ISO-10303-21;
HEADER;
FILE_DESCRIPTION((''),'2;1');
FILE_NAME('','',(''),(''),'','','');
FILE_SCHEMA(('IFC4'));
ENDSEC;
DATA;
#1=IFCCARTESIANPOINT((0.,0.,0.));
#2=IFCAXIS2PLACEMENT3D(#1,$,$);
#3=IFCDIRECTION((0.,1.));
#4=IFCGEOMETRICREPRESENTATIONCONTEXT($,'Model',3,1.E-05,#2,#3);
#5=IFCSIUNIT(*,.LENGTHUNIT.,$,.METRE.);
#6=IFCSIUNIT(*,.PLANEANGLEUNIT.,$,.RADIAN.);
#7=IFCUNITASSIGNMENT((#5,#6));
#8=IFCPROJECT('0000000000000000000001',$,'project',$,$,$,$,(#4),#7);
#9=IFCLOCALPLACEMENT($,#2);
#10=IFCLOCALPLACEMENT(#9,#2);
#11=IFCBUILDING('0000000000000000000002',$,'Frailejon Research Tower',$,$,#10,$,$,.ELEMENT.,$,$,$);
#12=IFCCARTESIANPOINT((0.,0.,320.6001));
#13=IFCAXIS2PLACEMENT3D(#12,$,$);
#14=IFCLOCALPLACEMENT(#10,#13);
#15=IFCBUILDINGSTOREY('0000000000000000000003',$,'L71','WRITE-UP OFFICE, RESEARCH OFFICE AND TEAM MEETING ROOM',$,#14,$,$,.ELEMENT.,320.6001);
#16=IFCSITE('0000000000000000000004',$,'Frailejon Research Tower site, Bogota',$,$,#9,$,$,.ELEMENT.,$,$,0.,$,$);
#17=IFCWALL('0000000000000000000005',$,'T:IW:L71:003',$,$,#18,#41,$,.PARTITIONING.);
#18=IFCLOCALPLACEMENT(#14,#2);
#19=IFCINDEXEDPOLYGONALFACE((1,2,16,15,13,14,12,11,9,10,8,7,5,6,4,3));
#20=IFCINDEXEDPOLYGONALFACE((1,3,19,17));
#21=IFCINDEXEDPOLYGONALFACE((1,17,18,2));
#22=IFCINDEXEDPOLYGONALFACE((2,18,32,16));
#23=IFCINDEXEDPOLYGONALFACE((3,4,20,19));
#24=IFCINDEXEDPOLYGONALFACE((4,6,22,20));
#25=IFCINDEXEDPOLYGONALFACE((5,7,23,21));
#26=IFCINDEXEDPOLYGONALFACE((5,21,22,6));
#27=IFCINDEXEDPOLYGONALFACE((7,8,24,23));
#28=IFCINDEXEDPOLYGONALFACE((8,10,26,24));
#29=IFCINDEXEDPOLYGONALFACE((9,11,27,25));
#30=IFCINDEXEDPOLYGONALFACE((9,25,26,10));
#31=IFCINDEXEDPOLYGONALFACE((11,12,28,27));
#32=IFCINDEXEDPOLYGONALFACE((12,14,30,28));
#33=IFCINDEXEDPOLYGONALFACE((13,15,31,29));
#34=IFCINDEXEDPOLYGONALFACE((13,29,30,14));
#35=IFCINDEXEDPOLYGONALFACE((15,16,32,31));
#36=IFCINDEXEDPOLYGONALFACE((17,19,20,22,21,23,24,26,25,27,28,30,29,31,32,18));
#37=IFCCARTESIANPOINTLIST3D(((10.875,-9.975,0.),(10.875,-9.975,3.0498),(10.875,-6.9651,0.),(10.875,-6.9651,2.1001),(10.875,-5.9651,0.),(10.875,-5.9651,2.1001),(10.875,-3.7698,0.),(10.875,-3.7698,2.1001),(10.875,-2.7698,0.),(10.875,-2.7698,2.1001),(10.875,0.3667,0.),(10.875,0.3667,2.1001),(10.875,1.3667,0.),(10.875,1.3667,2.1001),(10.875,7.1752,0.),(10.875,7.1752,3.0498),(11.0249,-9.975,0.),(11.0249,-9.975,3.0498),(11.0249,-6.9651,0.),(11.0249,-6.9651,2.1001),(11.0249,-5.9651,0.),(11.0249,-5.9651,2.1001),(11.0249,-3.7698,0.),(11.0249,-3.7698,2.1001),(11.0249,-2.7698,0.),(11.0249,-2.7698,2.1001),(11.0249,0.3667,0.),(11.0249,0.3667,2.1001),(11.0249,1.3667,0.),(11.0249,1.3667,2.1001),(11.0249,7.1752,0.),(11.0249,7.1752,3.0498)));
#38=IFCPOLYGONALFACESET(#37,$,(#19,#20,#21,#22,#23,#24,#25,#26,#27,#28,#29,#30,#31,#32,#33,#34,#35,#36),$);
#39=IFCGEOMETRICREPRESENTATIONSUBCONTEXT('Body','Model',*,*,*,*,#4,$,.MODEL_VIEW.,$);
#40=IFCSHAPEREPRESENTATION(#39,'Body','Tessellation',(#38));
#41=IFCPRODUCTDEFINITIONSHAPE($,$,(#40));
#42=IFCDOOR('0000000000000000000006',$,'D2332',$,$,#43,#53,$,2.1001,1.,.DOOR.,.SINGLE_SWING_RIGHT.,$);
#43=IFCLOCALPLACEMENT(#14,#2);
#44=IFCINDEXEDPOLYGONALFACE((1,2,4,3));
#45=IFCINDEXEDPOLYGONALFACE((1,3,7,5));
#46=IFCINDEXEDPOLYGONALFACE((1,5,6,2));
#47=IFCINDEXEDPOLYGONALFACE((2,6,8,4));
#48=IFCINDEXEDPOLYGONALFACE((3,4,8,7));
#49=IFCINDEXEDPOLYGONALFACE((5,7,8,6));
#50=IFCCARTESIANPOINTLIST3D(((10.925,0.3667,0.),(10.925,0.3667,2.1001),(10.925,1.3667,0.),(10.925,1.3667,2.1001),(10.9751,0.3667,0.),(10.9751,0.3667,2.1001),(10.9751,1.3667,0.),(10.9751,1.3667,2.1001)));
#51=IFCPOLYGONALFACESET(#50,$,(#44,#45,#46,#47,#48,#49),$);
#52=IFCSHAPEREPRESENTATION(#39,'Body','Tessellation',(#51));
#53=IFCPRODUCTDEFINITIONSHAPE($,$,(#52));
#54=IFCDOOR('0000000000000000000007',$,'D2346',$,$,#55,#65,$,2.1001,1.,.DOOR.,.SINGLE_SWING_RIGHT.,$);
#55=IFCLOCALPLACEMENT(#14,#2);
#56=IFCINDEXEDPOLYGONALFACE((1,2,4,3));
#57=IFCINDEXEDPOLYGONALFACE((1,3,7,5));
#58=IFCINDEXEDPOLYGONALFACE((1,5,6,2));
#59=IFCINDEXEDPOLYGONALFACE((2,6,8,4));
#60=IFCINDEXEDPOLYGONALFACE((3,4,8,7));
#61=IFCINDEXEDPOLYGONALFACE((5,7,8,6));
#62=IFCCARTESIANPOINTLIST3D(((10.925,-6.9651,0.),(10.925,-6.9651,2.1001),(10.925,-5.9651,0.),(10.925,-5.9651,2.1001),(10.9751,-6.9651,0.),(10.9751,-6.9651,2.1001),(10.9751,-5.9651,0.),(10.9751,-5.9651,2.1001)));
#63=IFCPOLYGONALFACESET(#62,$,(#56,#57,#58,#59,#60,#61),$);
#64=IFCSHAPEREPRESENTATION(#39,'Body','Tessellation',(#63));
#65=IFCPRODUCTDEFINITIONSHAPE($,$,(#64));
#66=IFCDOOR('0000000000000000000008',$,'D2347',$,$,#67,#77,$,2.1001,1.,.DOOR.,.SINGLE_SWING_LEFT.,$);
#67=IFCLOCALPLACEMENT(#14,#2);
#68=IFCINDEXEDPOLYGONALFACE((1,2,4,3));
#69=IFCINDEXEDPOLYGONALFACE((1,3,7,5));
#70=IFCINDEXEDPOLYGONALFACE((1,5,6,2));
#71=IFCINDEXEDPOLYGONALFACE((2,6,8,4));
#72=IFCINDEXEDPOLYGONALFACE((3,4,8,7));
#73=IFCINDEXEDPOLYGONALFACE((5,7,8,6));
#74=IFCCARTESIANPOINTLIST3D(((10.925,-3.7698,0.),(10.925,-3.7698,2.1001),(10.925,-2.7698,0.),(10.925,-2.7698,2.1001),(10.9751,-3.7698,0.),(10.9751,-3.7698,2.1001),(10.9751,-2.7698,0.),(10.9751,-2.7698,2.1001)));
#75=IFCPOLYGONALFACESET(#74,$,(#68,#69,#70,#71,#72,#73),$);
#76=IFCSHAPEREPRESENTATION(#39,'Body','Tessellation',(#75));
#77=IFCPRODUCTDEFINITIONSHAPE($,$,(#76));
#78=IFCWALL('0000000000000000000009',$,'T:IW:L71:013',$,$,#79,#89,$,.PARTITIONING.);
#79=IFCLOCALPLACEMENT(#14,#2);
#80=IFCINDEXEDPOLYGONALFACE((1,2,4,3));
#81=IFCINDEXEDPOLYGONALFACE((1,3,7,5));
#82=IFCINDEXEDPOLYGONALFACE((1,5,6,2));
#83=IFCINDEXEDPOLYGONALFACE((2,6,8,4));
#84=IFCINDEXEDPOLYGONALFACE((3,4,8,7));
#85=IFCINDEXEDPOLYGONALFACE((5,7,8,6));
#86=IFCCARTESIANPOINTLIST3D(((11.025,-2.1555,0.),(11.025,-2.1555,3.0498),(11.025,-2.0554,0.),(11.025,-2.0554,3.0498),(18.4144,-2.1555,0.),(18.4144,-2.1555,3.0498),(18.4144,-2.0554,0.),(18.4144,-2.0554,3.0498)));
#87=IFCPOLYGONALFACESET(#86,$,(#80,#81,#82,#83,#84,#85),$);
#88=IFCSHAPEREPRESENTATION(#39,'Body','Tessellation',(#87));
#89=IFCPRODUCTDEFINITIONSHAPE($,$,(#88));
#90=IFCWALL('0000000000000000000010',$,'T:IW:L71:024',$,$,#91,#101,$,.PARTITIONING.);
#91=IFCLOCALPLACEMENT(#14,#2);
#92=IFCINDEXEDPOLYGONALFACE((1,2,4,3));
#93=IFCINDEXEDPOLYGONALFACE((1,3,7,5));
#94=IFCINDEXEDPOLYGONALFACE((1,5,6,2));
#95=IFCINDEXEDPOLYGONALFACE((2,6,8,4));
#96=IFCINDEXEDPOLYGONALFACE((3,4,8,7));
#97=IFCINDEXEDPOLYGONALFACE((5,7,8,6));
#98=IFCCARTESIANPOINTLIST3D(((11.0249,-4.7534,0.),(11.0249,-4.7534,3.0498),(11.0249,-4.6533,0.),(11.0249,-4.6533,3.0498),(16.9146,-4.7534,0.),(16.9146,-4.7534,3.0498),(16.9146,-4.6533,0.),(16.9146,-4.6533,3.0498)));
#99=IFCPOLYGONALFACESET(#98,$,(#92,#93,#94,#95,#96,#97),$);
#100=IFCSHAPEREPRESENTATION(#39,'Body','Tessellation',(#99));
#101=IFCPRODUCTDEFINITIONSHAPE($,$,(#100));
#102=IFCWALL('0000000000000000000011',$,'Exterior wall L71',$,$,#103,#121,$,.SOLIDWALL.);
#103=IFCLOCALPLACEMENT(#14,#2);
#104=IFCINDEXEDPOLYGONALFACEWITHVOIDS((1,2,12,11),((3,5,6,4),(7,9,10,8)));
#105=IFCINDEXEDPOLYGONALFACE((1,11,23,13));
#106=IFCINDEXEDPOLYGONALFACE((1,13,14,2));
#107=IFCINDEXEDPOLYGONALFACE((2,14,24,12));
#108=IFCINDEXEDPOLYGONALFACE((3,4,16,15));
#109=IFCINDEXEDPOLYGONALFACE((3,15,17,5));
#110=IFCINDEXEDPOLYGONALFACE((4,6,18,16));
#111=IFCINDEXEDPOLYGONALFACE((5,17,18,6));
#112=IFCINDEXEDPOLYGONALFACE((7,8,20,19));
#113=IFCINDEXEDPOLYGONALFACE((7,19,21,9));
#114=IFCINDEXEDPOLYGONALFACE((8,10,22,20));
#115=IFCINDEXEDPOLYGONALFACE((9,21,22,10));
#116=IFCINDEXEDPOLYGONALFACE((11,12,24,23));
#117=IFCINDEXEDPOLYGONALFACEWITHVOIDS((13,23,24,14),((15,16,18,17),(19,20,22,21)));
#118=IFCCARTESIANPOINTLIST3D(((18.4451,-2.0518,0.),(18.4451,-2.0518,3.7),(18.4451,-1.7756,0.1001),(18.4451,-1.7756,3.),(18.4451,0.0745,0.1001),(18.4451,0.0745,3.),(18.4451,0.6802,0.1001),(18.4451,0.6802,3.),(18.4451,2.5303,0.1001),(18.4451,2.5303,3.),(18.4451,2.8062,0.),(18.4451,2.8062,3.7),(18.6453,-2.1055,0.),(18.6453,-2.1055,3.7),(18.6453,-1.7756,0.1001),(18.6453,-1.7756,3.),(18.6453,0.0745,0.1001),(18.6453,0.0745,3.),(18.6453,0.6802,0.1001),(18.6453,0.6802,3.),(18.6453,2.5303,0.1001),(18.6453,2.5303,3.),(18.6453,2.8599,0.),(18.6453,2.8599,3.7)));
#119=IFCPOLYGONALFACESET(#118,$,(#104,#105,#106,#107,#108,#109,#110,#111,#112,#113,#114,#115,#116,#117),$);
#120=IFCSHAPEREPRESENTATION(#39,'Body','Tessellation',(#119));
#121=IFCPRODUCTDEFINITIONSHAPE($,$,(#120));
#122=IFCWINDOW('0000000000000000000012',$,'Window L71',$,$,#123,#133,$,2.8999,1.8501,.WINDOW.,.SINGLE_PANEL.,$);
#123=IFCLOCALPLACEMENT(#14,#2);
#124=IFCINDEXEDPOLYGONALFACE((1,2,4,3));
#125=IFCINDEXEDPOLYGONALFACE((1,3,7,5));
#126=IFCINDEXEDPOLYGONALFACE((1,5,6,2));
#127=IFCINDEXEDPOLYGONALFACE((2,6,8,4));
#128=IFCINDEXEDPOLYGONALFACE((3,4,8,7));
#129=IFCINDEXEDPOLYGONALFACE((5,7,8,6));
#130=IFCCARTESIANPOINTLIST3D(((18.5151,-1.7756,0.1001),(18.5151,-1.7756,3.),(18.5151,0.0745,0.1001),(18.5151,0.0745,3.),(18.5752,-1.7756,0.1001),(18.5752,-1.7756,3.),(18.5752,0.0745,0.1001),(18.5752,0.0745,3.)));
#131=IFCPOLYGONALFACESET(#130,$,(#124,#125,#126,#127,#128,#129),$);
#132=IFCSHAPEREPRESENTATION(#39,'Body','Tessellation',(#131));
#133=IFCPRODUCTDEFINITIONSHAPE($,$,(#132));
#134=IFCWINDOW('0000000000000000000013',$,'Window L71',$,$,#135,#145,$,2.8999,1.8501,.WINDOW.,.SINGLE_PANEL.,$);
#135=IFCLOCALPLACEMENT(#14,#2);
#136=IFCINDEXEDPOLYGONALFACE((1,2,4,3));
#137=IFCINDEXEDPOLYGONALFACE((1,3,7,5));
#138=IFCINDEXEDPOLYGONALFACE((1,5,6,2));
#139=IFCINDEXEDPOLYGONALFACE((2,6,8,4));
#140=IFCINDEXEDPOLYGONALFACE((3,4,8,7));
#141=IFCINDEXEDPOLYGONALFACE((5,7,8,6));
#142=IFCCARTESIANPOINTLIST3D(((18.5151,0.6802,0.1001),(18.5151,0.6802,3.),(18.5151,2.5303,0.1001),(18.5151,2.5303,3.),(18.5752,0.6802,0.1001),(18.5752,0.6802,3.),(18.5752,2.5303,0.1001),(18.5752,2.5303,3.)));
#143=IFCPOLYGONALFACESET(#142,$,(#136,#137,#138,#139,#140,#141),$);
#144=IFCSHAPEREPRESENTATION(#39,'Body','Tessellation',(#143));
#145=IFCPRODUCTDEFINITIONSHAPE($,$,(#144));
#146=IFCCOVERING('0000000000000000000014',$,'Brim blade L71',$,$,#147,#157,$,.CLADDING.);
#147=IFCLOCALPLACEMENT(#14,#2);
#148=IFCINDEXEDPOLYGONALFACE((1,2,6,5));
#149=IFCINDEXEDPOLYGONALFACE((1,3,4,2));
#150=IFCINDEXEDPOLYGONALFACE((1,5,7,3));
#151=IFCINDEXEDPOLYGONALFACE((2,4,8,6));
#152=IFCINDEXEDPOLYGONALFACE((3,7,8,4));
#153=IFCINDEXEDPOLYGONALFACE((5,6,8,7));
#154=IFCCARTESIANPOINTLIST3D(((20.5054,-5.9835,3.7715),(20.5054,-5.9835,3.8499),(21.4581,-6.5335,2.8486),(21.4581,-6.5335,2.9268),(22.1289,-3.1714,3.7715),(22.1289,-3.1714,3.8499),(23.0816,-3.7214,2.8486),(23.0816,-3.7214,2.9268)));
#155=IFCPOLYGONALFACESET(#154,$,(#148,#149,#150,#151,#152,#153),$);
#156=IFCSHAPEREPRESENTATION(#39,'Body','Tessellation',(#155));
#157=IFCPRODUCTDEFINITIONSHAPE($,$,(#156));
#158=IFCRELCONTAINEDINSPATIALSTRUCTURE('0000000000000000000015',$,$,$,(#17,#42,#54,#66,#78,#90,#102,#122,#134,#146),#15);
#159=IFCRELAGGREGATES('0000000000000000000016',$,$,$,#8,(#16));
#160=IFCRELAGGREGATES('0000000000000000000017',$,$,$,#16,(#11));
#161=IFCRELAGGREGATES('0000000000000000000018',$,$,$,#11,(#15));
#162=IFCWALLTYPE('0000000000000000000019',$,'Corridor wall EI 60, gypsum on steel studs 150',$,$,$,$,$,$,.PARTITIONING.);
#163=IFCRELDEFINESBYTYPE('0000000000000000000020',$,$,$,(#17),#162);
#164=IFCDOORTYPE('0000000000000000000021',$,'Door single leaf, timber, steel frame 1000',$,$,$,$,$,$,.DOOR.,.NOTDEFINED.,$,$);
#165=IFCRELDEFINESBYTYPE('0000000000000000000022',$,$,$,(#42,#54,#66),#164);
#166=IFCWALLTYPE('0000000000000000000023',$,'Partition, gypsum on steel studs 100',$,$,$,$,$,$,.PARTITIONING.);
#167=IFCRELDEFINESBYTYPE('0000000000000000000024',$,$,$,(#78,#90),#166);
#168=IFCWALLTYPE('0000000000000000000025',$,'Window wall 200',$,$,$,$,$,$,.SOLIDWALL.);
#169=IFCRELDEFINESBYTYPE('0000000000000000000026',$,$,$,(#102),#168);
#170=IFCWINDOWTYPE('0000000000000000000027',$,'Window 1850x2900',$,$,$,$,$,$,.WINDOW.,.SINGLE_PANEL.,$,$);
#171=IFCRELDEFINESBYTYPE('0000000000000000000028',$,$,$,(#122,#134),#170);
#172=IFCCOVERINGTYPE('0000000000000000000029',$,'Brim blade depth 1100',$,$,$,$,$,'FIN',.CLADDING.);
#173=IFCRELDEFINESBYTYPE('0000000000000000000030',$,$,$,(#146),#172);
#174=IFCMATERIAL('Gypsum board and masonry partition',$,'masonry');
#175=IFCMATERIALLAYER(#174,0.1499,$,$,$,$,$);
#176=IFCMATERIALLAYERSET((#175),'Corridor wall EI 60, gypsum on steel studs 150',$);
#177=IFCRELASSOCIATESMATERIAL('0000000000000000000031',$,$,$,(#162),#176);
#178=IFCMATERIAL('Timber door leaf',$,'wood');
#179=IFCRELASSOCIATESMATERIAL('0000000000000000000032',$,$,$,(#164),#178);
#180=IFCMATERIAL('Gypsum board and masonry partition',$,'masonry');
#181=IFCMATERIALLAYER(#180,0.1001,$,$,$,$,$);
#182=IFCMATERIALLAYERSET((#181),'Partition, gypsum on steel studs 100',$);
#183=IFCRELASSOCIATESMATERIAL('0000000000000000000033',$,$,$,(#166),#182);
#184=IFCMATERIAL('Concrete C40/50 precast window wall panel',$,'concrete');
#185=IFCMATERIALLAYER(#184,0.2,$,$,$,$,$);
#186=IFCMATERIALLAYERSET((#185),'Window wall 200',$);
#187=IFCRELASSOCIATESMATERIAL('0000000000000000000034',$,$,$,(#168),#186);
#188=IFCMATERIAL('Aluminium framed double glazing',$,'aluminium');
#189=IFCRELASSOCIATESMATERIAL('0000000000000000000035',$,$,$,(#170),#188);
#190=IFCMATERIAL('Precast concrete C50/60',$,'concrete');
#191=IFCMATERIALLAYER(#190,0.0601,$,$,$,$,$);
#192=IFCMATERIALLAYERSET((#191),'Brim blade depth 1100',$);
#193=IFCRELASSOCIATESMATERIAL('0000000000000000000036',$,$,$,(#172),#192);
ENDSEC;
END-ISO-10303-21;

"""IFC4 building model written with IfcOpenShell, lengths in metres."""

from ifc_helpers import new_model, si_unit, direction, frame, frame_2d, origin, place, context, subcontext, project, spatial, polyline, rectangle, outline, extrude, material, layer, layer_set, type_object, element, fill, save


model = new_model("IFC4")

# Units and contexts
model_context = context("Model", 3, precision=1e-05, world=origin(), true_north=direction((0.0, 1.0)))
body_context = subcontext(model_context, "Body", "Model", "MODEL_VIEW")
ifc_project = project(units=[si_unit("LENGTHUNIT", "METRE"), si_unit("PLANEANGLEUNIT", "RADIAN")], contexts=[model_context])

# Site, building, storey
site_placement = place(None, origin())
site = spatial("IfcSite", under=ifc_project, at=site_placement, Name="Frailejon Research Tower site, Bogota", CompositionType="ELEMENT", RefElevation=0.0)
building_placement = place(site_placement, origin())
building = spatial("IfcBuilding", under=site, at=building_placement, Name="Frailejon Research Tower", CompositionType="ELEMENT")
storey_placement = place(building_placement, frame((0.0, 0.0, 320.6001)))
storey = spatial("IfcBuildingStorey", under=building, at=storey_placement, Name="L71", Description="WRITE-UP OFFICE, RESEARCH OFFICE AND TEAM MEETING ROOM", CompositionType="ELEMENT", Elevation=320.6001)

# Wall, openings, doors
ifc_material_1 = material(Name="Gypsum board and masonry partition", Category="masonry")
ifc_layer_1 = layer(ifc_material_1, 0.1499)
ifc_layer_set_1 = layer_set([ifc_layer_1], Name="Corridor wall EI 60, gypsum on steel studs 150")
wall_type_1 = type_object("IfcWallType", Name="Corridor wall EI 60, gypsum on steel studs 150", PredefinedType="PARTITIONING", material=ifc_layer_set_1)
wall_1_placement = place(storey_placement, frame((10.95, -9.9751, 0.0), z_axis=(0.0, 0.0, 1.0), x_axis=(0.0, 1.0, 0.0)))
wall_1 = element("IfcWall", 1, at=wall_1_placement, inside=storey, type_object=wall_type_1, Name="T:IW:L71:003", PredefinedType="PARTITIONING", context=body_context, shape_type="SweptSolid", body=[
    extrude(rectangle(XDim=17.1501, YDim=0.1499, at=frame_2d((8.5752, 0.0))), origin(), (0.0, 0.0, 1.0), 3.0498),
])
opening_1_placement = place(wall_1_placement, frame((10.3418, 0.0, 0.0)))
opening_1 = element("IfcOpeningElement", 2, at=opening_1_placement, cuts=wall_1, PredefinedType="OPENING", context=body_context, shape_type="SweptSolid", body=[
    extrude(rectangle(XDim=1.0, YDim=2.1001, at=frame_2d((0.5, 1.05))), frame((0.0, 0.085, 0.0), z_axis=(0.0, -1.0, 0.0), x_axis=(1.0, 0.0, 0.0)), (0.0, 0.0, 1.0), 0.1699),
])
opening_2_placement = place(wall_1_placement, frame((3.01, 0.0, 0.0)))
opening_2 = element("IfcOpeningElement", 3, at=opening_2_placement, cuts=wall_1, PredefinedType="OPENING", context=body_context, shape_type="SweptSolid", body=[
    extrude(rectangle(XDim=1.0, YDim=2.1001, at=frame_2d((0.5, 1.05))), frame((0.0, 0.085, 0.0), z_axis=(0.0, -1.0, 0.0), x_axis=(1.0, 0.0, 0.0)), (0.0, 0.0, 1.0), 0.1699),
])
opening_3_placement = place(wall_1_placement, frame((6.2053, 0.0, 0.0)))
opening_3 = element("IfcOpeningElement", 4, at=opening_3_placement, cuts=wall_1, PredefinedType="OPENING", context=body_context, shape_type="SweptSolid", body=[
    extrude(rectangle(XDim=1.0, YDim=2.1001, at=frame_2d((0.5, 1.05))), frame((0.0, 0.085, 0.0), z_axis=(0.0, -1.0, 0.0), x_axis=(1.0, 0.0, 0.0)), (0.0, 0.0, 1.0), 0.1699),
])
ifc_material_2 = material(Name="Timber door leaf", Category="wood")
door_type = type_object("IfcDoorType", Name="Door single leaf, timber, steel frame 1000", OperationType="NOTDEFINED", PredefinedType="DOOR", material=ifc_material_2)
door_1_placement = place(opening_1_placement, origin())
door_1 = element("IfcDoor", 5, at=door_1_placement, inside=storey, type_object=door_type, Name="D2332", OperationType="SINGLE_SWING_RIGHT", OverallHeight=2.1001, OverallWidth=1.0, PredefinedType="DOOR", context=body_context, shape_type="SweptSolid", body=[
    extrude(rectangle(XDim=1.0, YDim=2.1001, at=frame_2d((0.5, 1.05))), frame((0.0, 0.0249, 0.0), z_axis=(0.0, -1.0, 0.0), x_axis=(1.0, 0.0, 0.0)), (0.0, 0.0, 1.0), 0.05),
])
fill(opening_1, door_1)
door_2_placement = place(opening_2_placement, origin())
door_2 = element("IfcDoor", 6, at=door_2_placement, inside=storey, type_object=door_type, Name="D2346", OperationType="SINGLE_SWING_RIGHT", OverallHeight=2.1001, OverallWidth=1.0, PredefinedType="DOOR", context=body_context, shape_type="SweptSolid", body=[
    extrude(rectangle(XDim=1.0, YDim=2.1001, at=frame_2d((0.5, 1.05))), frame((0.0, 0.0249, 0.0), z_axis=(0.0, -1.0, 0.0), x_axis=(1.0, 0.0, 0.0)), (0.0, 0.0, 1.0), 0.05),
])
fill(opening_2, door_2)
door_3_placement = place(opening_3_placement, origin())
door_3 = element("IfcDoor", 7, at=door_3_placement, inside=storey, type_object=door_type, Name="D2347", OperationType="SINGLE_SWING_LEFT", OverallHeight=2.1001, OverallWidth=1.0, PredefinedType="DOOR", context=body_context, shape_type="SweptSolid", body=[
    extrude(rectangle(XDim=1.0, YDim=2.1001, at=frame_2d((0.5, 1.05))), frame((0.0, 0.0249, 0.0), z_axis=(0.0, -1.0, 0.0), x_axis=(1.0, 0.0, 0.0)), (0.0, 0.0, 1.0), 0.05),
])
fill(opening_3, door_3)

# Walls
ifc_material_3 = material(Name="Gypsum board and masonry partition", Category="masonry")
ifc_layer_2 = layer(ifc_material_3, 0.1001)
ifc_layer_set_2 = layer_set([ifc_layer_2], Name="Partition, gypsum on steel studs 100")
wall_type_2 = type_object("IfcWallType", Name="Partition, gypsum on steel studs 100", PredefinedType="PARTITIONING", material=ifc_layer_set_2)
wall_2_placement = place(storey_placement, frame((11.0249, -2.1055, 0.0), z_axis=(0.0, 0.0, 1.0), x_axis=(1.0, 0.0, 0.0)))
element("IfcWall", 8, at=wall_2_placement, inside=storey, type_object=wall_type_2, Name="T:IW:L71:013", PredefinedType="PARTITIONING", context=body_context, shape_type="SweptSolid", body=[
    extrude(rectangle(XDim=7.3894, YDim=0.1001, at=frame_2d((3.6948, 0.0))), origin(), (0.0, 0.0, 1.0), 3.0498),
])
wall_3_placement = place(storey_placement, frame((11.0249, -4.7034, 0.0), z_axis=(0.0, 0.0, 1.0), x_axis=(1.0, 0.0, 0.0)))
element("IfcWall", 9, at=wall_3_placement, inside=storey, type_object=wall_type_2, Name="T:IW:L71:024", PredefinedType="PARTITIONING", context=body_context, shape_type="SweptSolid", body=[
    extrude(rectangle(XDim=5.8896, YDim=0.1001, at=frame_2d((2.9448, 0.0))), origin(), (0.0, 0.0, 1.0), 3.0498),
])

# Wall, openings, windows
ifc_material_4 = material(Name="Concrete C40/50 precast window wall panel", Category="concrete")
ifc_layer_3 = layer(ifc_material_4, 0.2)
ifc_layer_set_3 = layer_set([ifc_layer_3], Name="Window wall 200")
wall_type_3 = type_object("IfcWallType", Name="Window wall 200", PredefinedType="SOLIDWALL", material=ifc_layer_set_3)
wall_4_placement = place(storey_placement, frame((18.5452, -2.0786, 0.0), z_axis=(0.0, 0.0, 1.0), x_axis=(0.0, 1.0, 0.0)))
wall_4 = element("IfcWall", 10, at=wall_4_placement, inside=storey, type_object=wall_type_3, Name="Exterior wall L71", PredefinedType="SOLIDWALL", context=body_context, shape_type="SweptSolid", body=[
    extrude(outline(polyline([(-0.0269, -0.1001), (1.2144, -0.1001), (2.4558, -0.1001), (3.6973, -0.1001), (4.9385, -0.1001), (4.8848, 0.1001), (3.6704, 0.1001), (2.4558, 0.1001), (1.2412, 0.1001), (0.0269, 0.1001), (-0.0269, -0.1001)])), origin(), (0.0, 0.0, 1.0), 3.7),
])
opening_4_placement = place(wall_4_placement, frame((0.303, 0.0, 0.1001)))
opening_4 = element("IfcOpeningElement", 11, at=opening_4_placement, cuts=wall_4, PredefinedType="OPENING", context=body_context, shape_type="SweptSolid", body=[
    extrude(rectangle(XDim=1.8501, YDim=2.8999, at=frame_2d((0.925, 1.45))), frame((0.0, 0.1099, 0.0), z_axis=(0.0, -1.0, 0.0), x_axis=(1.0, 0.0, 0.0)), (0.0, 0.0, 1.0), 0.22),
])
opening_5_placement = place(wall_4_placement, frame((2.7588, 0.0, 0.1001)))
opening_5 = element("IfcOpeningElement", 12, at=opening_5_placement, cuts=wall_4, PredefinedType="OPENING", context=body_context, shape_type="SweptSolid", body=[
    extrude(rectangle(XDim=1.8501, YDim=2.8999, at=frame_2d((0.925, 1.45))), frame((0.0, 0.1099, 0.0), z_axis=(0.0, -1.0, 0.0), x_axis=(1.0, 0.0, 0.0)), (0.0, 0.0, 1.0), 0.22),
])
ifc_material_5 = material(Name="Aluminium framed double glazing", Category="aluminium")
window_type = type_object("IfcWindowType", Name="Window 1850x2900", PartitioningType="SINGLE_PANEL", PredefinedType="WINDOW", material=ifc_material_5)
window_1_placement = place(opening_4_placement, origin())
window_1 = element("IfcWindow", 13, at=window_1_placement, inside=storey, type_object=window_type, Name="Window L71", OverallHeight=2.8999, OverallWidth=1.8501, PartitioningType="SINGLE_PANEL", PredefinedType="WINDOW", context=body_context, shape_type="SweptSolid", body=[
    extrude(rectangle(XDim=1.8501, YDim=2.8999, at=frame_2d((0.925, 1.45))), frame((0.0, 0.03, 0.0), z_axis=(0.0, -1.0, 0.0), x_axis=(1.0, 0.0, 0.0)), (0.0, 0.0, 1.0), 0.0601),
])
fill(opening_4, window_1)
window_2_placement = place(opening_5_placement, origin())
window_2 = element("IfcWindow", 14, at=window_2_placement, inside=storey, type_object=window_type, Name="Window L71", OverallHeight=2.8999, OverallWidth=1.8501, PartitioningType="SINGLE_PANEL", PredefinedType="WINDOW", context=body_context, shape_type="SweptSolid", body=[
    extrude(rectangle(XDim=1.8501, YDim=2.8999, at=frame_2d((0.925, 1.45))), frame((0.0, 0.03, 0.0), z_axis=(0.0, -1.0, 0.0), x_axis=(1.0, 0.0, 0.0)), (0.0, 0.0, 1.0), 0.0601),
])
fill(opening_5, window_2)

# Covering
ifc_material_6 = material(Name="Precast concrete C50/60", Category="concrete")
ifc_layer_4 = layer(ifc_material_6, 0.0601)
ifc_layer_set_4 = layer_set([ifc_layer_4], Name="Brim blade depth 1100")
covering_type_1 = type_object("IfcCoveringType", Name="Brim blade depth 1100", ElementType="FIN", PredefinedType="CLADDING", material=ifc_layer_set_4)
covering_1_placement = place(storey_placement, frame((22.1289, -3.1714, 3.8499), z_axis=(-0.499985, -0.866034, 0.0), x_axis=(0.866034, -0.499985, 0.0)))
element("IfcCovering", 15, at=covering_1_placement, inside=storey, type_object=covering_type_1, Name="Brim blade L71", PredefinedType="CLADDING", context=body_context, shape_type="SweptSolid", body=[
    extrude(outline(polyline([(0.0, -0.0784), (1.1001, -1.0012), (1.1001, -0.9231), (0.0, 0.0), (0.0, -0.0784)])), origin(), (0.0, 0.0, 1.0), 3.2471),
])

save(model, "model.ifc")
